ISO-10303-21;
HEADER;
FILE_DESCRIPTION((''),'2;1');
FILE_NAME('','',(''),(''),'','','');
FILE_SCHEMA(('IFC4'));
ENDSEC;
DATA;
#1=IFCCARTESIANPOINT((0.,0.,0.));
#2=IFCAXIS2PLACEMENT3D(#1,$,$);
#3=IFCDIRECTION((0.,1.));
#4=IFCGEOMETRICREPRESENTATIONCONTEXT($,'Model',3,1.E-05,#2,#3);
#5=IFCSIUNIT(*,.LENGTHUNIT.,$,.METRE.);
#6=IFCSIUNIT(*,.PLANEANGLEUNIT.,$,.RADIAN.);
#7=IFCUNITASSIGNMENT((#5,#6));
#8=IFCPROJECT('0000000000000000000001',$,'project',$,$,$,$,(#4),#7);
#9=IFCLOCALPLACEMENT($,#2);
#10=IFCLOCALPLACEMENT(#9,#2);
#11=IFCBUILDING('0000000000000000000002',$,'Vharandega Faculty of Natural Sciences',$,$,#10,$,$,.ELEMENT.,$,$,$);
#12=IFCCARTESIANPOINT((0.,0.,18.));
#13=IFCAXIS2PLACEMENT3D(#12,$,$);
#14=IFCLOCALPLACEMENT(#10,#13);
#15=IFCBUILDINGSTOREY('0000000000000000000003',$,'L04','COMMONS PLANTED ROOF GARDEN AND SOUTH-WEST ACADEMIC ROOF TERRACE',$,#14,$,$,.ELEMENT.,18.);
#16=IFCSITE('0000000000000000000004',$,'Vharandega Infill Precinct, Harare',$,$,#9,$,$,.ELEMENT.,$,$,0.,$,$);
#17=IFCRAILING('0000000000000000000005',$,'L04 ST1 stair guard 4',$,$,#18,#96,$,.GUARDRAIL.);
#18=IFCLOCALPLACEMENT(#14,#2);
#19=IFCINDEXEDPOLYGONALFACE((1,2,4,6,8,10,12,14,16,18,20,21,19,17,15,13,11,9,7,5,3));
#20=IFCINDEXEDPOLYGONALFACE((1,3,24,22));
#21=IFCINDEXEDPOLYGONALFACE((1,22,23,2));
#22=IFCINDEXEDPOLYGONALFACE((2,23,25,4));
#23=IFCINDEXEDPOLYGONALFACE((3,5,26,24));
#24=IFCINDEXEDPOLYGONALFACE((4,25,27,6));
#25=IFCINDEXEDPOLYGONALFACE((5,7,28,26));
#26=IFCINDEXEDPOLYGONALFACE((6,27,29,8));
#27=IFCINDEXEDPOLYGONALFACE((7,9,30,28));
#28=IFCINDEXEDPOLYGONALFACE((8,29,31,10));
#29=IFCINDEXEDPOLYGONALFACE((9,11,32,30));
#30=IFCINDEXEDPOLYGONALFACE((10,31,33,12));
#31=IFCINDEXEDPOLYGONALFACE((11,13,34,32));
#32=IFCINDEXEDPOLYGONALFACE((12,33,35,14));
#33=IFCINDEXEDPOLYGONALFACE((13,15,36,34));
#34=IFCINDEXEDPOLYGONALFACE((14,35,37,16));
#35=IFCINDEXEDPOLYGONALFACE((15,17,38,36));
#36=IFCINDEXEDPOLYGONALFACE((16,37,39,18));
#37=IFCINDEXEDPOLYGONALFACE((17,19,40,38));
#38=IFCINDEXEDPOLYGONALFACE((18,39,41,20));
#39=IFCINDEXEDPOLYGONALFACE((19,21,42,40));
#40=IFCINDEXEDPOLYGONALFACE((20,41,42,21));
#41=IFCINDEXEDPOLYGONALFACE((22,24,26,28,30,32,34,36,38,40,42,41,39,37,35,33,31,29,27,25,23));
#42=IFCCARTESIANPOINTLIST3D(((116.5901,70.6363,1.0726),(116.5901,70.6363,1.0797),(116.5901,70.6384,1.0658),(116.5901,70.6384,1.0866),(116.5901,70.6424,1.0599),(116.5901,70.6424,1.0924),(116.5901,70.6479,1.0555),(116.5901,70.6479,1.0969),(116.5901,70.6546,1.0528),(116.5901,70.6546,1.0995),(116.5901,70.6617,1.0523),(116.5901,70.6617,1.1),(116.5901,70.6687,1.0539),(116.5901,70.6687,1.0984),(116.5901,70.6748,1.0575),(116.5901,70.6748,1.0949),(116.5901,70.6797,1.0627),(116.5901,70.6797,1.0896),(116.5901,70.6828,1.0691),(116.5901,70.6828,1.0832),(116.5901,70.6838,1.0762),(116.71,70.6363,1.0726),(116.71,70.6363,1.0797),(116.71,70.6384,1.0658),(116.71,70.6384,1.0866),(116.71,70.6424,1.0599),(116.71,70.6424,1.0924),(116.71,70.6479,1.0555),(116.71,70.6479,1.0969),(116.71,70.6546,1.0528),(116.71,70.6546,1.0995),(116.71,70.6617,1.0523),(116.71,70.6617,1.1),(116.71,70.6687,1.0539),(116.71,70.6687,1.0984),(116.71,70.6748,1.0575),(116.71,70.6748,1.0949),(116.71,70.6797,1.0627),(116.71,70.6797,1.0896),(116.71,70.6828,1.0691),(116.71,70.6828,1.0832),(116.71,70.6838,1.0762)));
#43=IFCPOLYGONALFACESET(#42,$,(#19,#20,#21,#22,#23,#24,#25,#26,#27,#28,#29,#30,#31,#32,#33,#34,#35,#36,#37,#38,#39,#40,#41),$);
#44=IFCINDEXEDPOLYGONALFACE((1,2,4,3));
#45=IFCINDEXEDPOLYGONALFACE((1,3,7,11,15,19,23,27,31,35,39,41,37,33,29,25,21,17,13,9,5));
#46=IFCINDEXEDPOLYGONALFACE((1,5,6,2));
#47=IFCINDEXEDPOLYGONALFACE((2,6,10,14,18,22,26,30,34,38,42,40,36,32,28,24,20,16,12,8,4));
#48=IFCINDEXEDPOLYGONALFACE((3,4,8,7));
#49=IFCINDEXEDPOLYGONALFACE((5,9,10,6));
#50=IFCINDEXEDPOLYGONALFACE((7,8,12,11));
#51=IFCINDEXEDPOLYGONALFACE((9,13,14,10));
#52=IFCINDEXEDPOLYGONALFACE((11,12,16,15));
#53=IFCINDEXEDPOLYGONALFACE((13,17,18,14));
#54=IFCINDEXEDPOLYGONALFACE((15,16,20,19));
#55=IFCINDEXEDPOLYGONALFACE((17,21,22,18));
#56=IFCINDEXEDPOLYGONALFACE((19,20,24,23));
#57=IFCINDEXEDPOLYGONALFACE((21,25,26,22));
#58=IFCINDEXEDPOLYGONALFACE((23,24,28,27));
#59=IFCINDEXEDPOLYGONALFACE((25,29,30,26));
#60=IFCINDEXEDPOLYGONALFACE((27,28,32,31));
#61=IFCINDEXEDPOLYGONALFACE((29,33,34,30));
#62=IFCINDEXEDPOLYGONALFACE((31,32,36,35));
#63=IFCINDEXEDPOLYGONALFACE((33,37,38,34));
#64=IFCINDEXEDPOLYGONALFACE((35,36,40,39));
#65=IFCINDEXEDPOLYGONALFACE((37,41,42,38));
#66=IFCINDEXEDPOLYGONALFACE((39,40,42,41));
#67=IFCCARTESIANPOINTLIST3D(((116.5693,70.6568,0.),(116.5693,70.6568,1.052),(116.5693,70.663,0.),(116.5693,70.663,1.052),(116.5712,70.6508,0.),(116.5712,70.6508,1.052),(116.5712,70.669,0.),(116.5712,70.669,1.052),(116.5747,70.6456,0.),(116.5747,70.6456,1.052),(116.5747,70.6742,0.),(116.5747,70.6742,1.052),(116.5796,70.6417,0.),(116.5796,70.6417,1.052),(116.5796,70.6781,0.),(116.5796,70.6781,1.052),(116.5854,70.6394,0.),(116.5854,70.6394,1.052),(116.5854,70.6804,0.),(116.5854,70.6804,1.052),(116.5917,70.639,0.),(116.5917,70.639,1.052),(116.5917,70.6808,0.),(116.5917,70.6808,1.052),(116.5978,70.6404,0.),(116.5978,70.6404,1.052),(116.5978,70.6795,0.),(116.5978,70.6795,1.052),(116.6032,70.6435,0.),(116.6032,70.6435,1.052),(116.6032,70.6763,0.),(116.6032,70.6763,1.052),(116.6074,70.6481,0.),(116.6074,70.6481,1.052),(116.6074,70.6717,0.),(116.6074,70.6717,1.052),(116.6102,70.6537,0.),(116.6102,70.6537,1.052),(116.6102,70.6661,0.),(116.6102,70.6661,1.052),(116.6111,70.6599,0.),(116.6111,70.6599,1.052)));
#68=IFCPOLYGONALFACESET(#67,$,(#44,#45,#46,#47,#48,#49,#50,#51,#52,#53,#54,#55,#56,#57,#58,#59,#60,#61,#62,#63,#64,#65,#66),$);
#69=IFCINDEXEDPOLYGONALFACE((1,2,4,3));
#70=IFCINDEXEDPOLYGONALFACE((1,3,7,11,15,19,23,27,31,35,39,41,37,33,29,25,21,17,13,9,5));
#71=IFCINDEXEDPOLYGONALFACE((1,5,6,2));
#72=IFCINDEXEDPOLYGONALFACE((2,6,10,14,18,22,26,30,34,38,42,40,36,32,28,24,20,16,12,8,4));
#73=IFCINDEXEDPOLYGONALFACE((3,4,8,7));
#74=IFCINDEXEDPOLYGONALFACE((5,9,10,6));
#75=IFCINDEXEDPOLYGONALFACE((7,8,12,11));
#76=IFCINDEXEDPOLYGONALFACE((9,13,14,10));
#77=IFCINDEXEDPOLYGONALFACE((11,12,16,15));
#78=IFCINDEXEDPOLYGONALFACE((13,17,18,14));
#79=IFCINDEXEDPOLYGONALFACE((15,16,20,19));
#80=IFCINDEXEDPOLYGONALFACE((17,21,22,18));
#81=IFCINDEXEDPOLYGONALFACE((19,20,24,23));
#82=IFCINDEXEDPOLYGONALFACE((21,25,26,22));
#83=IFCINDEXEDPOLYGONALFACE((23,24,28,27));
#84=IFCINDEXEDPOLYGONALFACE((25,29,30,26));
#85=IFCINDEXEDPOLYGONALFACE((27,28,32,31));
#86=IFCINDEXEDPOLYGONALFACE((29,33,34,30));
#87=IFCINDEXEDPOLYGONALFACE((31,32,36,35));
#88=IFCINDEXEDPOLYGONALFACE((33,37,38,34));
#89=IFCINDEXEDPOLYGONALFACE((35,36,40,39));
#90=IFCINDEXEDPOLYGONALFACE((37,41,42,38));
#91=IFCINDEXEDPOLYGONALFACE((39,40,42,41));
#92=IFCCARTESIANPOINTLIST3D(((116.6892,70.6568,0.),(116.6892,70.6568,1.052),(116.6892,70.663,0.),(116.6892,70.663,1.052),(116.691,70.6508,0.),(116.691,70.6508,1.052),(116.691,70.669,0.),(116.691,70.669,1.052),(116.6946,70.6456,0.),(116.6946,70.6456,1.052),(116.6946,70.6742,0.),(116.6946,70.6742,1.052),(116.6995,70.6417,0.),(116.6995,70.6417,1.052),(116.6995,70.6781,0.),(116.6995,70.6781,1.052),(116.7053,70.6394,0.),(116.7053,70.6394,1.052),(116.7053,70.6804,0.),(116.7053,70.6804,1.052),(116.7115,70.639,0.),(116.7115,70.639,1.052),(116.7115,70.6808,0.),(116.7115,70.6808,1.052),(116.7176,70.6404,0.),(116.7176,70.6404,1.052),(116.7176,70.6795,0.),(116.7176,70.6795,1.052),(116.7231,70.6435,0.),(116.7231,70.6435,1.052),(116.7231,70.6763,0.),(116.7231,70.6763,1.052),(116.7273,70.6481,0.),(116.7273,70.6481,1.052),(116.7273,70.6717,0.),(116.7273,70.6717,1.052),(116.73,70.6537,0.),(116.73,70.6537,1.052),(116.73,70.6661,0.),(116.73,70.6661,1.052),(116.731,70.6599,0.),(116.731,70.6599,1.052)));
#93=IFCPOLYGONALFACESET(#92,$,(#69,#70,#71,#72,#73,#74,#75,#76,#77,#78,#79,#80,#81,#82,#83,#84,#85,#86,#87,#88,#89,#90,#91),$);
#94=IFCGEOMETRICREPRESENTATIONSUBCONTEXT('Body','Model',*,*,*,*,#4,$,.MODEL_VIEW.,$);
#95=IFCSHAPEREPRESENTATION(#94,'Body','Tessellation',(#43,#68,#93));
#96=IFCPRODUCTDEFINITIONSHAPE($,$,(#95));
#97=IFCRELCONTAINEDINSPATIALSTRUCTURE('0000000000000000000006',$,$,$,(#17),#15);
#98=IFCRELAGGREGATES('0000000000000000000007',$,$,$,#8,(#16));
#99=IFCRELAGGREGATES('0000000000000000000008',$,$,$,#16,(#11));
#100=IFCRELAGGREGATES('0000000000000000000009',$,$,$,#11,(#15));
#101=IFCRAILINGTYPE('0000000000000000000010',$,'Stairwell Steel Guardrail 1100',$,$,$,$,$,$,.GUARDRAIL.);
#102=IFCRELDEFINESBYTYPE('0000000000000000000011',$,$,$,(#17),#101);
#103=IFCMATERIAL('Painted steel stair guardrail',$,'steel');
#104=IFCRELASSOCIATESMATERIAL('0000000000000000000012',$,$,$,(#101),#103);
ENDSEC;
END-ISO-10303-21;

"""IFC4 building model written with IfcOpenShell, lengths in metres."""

from ifc_helpers import new_model, si_unit, direction, frame, origin, origin_2d, place, context, subcontext, project, spatial, circle, extrude, material, type_object, element, save


model = new_model("IFC4")

# Units and contexts
model_context = context("Model", 3, precision=1e-05, world=origin(), true_north=direction((0.0, 1.0)))
body_context = subcontext(model_context, "Body", "Model", "MODEL_VIEW")
ifc_project = project(units=[si_unit("LENGTHUNIT", "METRE"), si_unit("PLANEANGLEUNIT", "RADIAN")], contexts=[model_context])

# Site, building, storey
site_placement = place(None, origin())
site = spatial("IfcSite", under=ifc_project, at=site_placement, Name="Vharandega Infill Precinct, Harare", CompositionType="ELEMENT", RefElevation=0.0)
building_placement = place(site_placement, origin())
building = spatial("IfcBuilding", under=site, at=building_placement, Name="Vharandega Faculty of Natural Sciences", CompositionType="ELEMENT")
storey_placement = place(building_placement, frame((0.0, 0.0, 18.0)))
storey = spatial("IfcBuildingStorey", under=building, at=storey_placement, Name="L04", Description="COMMONS PLANTED ROOF GARDEN AND SOUTH-WEST ACADEMIC ROOF TERRACE", CompositionType="ELEMENT", Elevation=18.0)

# Railing
ifc_material_1 = material(Name="Painted steel stair guardrail", Category="steel")
railing_type = type_object("IfcRailingType", Name="Stairwell Steel Guardrail 1100", PredefinedType="GUARDRAIL", material=ifc_material_1)
railing_placement = place(storey_placement, frame((116.5901, 70.6599, 0.0)))
element("IfcRailing", 1, at=railing_placement, inside=storey, type_object=railing_type, Name="L04 ST1 stair guard 4", PredefinedType="GUARDRAIL", context=body_context, shape_type="SweptSolid", body=[
    extrude(circle(Radius=0.0239, at=origin_2d()), frame((0.0, 0.0, 1.0762), z_axis=(1.0, 0.0, 0.0), x_axis=(0.0, 1.0, 0.0)), (0.0, 0.0, 1.0), 0.1199),
    extrude(circle(Radius=0.021, at=origin_2d()), origin(), (0.0, 0.0, 1.0), 1.052),
    extrude(circle(Radius=0.021, at=origin_2d()), frame((0.1199, 0.0, 0.0)), (0.0, 0.0, 1.0), 1.052),
])

save(model, "model.ifc")
